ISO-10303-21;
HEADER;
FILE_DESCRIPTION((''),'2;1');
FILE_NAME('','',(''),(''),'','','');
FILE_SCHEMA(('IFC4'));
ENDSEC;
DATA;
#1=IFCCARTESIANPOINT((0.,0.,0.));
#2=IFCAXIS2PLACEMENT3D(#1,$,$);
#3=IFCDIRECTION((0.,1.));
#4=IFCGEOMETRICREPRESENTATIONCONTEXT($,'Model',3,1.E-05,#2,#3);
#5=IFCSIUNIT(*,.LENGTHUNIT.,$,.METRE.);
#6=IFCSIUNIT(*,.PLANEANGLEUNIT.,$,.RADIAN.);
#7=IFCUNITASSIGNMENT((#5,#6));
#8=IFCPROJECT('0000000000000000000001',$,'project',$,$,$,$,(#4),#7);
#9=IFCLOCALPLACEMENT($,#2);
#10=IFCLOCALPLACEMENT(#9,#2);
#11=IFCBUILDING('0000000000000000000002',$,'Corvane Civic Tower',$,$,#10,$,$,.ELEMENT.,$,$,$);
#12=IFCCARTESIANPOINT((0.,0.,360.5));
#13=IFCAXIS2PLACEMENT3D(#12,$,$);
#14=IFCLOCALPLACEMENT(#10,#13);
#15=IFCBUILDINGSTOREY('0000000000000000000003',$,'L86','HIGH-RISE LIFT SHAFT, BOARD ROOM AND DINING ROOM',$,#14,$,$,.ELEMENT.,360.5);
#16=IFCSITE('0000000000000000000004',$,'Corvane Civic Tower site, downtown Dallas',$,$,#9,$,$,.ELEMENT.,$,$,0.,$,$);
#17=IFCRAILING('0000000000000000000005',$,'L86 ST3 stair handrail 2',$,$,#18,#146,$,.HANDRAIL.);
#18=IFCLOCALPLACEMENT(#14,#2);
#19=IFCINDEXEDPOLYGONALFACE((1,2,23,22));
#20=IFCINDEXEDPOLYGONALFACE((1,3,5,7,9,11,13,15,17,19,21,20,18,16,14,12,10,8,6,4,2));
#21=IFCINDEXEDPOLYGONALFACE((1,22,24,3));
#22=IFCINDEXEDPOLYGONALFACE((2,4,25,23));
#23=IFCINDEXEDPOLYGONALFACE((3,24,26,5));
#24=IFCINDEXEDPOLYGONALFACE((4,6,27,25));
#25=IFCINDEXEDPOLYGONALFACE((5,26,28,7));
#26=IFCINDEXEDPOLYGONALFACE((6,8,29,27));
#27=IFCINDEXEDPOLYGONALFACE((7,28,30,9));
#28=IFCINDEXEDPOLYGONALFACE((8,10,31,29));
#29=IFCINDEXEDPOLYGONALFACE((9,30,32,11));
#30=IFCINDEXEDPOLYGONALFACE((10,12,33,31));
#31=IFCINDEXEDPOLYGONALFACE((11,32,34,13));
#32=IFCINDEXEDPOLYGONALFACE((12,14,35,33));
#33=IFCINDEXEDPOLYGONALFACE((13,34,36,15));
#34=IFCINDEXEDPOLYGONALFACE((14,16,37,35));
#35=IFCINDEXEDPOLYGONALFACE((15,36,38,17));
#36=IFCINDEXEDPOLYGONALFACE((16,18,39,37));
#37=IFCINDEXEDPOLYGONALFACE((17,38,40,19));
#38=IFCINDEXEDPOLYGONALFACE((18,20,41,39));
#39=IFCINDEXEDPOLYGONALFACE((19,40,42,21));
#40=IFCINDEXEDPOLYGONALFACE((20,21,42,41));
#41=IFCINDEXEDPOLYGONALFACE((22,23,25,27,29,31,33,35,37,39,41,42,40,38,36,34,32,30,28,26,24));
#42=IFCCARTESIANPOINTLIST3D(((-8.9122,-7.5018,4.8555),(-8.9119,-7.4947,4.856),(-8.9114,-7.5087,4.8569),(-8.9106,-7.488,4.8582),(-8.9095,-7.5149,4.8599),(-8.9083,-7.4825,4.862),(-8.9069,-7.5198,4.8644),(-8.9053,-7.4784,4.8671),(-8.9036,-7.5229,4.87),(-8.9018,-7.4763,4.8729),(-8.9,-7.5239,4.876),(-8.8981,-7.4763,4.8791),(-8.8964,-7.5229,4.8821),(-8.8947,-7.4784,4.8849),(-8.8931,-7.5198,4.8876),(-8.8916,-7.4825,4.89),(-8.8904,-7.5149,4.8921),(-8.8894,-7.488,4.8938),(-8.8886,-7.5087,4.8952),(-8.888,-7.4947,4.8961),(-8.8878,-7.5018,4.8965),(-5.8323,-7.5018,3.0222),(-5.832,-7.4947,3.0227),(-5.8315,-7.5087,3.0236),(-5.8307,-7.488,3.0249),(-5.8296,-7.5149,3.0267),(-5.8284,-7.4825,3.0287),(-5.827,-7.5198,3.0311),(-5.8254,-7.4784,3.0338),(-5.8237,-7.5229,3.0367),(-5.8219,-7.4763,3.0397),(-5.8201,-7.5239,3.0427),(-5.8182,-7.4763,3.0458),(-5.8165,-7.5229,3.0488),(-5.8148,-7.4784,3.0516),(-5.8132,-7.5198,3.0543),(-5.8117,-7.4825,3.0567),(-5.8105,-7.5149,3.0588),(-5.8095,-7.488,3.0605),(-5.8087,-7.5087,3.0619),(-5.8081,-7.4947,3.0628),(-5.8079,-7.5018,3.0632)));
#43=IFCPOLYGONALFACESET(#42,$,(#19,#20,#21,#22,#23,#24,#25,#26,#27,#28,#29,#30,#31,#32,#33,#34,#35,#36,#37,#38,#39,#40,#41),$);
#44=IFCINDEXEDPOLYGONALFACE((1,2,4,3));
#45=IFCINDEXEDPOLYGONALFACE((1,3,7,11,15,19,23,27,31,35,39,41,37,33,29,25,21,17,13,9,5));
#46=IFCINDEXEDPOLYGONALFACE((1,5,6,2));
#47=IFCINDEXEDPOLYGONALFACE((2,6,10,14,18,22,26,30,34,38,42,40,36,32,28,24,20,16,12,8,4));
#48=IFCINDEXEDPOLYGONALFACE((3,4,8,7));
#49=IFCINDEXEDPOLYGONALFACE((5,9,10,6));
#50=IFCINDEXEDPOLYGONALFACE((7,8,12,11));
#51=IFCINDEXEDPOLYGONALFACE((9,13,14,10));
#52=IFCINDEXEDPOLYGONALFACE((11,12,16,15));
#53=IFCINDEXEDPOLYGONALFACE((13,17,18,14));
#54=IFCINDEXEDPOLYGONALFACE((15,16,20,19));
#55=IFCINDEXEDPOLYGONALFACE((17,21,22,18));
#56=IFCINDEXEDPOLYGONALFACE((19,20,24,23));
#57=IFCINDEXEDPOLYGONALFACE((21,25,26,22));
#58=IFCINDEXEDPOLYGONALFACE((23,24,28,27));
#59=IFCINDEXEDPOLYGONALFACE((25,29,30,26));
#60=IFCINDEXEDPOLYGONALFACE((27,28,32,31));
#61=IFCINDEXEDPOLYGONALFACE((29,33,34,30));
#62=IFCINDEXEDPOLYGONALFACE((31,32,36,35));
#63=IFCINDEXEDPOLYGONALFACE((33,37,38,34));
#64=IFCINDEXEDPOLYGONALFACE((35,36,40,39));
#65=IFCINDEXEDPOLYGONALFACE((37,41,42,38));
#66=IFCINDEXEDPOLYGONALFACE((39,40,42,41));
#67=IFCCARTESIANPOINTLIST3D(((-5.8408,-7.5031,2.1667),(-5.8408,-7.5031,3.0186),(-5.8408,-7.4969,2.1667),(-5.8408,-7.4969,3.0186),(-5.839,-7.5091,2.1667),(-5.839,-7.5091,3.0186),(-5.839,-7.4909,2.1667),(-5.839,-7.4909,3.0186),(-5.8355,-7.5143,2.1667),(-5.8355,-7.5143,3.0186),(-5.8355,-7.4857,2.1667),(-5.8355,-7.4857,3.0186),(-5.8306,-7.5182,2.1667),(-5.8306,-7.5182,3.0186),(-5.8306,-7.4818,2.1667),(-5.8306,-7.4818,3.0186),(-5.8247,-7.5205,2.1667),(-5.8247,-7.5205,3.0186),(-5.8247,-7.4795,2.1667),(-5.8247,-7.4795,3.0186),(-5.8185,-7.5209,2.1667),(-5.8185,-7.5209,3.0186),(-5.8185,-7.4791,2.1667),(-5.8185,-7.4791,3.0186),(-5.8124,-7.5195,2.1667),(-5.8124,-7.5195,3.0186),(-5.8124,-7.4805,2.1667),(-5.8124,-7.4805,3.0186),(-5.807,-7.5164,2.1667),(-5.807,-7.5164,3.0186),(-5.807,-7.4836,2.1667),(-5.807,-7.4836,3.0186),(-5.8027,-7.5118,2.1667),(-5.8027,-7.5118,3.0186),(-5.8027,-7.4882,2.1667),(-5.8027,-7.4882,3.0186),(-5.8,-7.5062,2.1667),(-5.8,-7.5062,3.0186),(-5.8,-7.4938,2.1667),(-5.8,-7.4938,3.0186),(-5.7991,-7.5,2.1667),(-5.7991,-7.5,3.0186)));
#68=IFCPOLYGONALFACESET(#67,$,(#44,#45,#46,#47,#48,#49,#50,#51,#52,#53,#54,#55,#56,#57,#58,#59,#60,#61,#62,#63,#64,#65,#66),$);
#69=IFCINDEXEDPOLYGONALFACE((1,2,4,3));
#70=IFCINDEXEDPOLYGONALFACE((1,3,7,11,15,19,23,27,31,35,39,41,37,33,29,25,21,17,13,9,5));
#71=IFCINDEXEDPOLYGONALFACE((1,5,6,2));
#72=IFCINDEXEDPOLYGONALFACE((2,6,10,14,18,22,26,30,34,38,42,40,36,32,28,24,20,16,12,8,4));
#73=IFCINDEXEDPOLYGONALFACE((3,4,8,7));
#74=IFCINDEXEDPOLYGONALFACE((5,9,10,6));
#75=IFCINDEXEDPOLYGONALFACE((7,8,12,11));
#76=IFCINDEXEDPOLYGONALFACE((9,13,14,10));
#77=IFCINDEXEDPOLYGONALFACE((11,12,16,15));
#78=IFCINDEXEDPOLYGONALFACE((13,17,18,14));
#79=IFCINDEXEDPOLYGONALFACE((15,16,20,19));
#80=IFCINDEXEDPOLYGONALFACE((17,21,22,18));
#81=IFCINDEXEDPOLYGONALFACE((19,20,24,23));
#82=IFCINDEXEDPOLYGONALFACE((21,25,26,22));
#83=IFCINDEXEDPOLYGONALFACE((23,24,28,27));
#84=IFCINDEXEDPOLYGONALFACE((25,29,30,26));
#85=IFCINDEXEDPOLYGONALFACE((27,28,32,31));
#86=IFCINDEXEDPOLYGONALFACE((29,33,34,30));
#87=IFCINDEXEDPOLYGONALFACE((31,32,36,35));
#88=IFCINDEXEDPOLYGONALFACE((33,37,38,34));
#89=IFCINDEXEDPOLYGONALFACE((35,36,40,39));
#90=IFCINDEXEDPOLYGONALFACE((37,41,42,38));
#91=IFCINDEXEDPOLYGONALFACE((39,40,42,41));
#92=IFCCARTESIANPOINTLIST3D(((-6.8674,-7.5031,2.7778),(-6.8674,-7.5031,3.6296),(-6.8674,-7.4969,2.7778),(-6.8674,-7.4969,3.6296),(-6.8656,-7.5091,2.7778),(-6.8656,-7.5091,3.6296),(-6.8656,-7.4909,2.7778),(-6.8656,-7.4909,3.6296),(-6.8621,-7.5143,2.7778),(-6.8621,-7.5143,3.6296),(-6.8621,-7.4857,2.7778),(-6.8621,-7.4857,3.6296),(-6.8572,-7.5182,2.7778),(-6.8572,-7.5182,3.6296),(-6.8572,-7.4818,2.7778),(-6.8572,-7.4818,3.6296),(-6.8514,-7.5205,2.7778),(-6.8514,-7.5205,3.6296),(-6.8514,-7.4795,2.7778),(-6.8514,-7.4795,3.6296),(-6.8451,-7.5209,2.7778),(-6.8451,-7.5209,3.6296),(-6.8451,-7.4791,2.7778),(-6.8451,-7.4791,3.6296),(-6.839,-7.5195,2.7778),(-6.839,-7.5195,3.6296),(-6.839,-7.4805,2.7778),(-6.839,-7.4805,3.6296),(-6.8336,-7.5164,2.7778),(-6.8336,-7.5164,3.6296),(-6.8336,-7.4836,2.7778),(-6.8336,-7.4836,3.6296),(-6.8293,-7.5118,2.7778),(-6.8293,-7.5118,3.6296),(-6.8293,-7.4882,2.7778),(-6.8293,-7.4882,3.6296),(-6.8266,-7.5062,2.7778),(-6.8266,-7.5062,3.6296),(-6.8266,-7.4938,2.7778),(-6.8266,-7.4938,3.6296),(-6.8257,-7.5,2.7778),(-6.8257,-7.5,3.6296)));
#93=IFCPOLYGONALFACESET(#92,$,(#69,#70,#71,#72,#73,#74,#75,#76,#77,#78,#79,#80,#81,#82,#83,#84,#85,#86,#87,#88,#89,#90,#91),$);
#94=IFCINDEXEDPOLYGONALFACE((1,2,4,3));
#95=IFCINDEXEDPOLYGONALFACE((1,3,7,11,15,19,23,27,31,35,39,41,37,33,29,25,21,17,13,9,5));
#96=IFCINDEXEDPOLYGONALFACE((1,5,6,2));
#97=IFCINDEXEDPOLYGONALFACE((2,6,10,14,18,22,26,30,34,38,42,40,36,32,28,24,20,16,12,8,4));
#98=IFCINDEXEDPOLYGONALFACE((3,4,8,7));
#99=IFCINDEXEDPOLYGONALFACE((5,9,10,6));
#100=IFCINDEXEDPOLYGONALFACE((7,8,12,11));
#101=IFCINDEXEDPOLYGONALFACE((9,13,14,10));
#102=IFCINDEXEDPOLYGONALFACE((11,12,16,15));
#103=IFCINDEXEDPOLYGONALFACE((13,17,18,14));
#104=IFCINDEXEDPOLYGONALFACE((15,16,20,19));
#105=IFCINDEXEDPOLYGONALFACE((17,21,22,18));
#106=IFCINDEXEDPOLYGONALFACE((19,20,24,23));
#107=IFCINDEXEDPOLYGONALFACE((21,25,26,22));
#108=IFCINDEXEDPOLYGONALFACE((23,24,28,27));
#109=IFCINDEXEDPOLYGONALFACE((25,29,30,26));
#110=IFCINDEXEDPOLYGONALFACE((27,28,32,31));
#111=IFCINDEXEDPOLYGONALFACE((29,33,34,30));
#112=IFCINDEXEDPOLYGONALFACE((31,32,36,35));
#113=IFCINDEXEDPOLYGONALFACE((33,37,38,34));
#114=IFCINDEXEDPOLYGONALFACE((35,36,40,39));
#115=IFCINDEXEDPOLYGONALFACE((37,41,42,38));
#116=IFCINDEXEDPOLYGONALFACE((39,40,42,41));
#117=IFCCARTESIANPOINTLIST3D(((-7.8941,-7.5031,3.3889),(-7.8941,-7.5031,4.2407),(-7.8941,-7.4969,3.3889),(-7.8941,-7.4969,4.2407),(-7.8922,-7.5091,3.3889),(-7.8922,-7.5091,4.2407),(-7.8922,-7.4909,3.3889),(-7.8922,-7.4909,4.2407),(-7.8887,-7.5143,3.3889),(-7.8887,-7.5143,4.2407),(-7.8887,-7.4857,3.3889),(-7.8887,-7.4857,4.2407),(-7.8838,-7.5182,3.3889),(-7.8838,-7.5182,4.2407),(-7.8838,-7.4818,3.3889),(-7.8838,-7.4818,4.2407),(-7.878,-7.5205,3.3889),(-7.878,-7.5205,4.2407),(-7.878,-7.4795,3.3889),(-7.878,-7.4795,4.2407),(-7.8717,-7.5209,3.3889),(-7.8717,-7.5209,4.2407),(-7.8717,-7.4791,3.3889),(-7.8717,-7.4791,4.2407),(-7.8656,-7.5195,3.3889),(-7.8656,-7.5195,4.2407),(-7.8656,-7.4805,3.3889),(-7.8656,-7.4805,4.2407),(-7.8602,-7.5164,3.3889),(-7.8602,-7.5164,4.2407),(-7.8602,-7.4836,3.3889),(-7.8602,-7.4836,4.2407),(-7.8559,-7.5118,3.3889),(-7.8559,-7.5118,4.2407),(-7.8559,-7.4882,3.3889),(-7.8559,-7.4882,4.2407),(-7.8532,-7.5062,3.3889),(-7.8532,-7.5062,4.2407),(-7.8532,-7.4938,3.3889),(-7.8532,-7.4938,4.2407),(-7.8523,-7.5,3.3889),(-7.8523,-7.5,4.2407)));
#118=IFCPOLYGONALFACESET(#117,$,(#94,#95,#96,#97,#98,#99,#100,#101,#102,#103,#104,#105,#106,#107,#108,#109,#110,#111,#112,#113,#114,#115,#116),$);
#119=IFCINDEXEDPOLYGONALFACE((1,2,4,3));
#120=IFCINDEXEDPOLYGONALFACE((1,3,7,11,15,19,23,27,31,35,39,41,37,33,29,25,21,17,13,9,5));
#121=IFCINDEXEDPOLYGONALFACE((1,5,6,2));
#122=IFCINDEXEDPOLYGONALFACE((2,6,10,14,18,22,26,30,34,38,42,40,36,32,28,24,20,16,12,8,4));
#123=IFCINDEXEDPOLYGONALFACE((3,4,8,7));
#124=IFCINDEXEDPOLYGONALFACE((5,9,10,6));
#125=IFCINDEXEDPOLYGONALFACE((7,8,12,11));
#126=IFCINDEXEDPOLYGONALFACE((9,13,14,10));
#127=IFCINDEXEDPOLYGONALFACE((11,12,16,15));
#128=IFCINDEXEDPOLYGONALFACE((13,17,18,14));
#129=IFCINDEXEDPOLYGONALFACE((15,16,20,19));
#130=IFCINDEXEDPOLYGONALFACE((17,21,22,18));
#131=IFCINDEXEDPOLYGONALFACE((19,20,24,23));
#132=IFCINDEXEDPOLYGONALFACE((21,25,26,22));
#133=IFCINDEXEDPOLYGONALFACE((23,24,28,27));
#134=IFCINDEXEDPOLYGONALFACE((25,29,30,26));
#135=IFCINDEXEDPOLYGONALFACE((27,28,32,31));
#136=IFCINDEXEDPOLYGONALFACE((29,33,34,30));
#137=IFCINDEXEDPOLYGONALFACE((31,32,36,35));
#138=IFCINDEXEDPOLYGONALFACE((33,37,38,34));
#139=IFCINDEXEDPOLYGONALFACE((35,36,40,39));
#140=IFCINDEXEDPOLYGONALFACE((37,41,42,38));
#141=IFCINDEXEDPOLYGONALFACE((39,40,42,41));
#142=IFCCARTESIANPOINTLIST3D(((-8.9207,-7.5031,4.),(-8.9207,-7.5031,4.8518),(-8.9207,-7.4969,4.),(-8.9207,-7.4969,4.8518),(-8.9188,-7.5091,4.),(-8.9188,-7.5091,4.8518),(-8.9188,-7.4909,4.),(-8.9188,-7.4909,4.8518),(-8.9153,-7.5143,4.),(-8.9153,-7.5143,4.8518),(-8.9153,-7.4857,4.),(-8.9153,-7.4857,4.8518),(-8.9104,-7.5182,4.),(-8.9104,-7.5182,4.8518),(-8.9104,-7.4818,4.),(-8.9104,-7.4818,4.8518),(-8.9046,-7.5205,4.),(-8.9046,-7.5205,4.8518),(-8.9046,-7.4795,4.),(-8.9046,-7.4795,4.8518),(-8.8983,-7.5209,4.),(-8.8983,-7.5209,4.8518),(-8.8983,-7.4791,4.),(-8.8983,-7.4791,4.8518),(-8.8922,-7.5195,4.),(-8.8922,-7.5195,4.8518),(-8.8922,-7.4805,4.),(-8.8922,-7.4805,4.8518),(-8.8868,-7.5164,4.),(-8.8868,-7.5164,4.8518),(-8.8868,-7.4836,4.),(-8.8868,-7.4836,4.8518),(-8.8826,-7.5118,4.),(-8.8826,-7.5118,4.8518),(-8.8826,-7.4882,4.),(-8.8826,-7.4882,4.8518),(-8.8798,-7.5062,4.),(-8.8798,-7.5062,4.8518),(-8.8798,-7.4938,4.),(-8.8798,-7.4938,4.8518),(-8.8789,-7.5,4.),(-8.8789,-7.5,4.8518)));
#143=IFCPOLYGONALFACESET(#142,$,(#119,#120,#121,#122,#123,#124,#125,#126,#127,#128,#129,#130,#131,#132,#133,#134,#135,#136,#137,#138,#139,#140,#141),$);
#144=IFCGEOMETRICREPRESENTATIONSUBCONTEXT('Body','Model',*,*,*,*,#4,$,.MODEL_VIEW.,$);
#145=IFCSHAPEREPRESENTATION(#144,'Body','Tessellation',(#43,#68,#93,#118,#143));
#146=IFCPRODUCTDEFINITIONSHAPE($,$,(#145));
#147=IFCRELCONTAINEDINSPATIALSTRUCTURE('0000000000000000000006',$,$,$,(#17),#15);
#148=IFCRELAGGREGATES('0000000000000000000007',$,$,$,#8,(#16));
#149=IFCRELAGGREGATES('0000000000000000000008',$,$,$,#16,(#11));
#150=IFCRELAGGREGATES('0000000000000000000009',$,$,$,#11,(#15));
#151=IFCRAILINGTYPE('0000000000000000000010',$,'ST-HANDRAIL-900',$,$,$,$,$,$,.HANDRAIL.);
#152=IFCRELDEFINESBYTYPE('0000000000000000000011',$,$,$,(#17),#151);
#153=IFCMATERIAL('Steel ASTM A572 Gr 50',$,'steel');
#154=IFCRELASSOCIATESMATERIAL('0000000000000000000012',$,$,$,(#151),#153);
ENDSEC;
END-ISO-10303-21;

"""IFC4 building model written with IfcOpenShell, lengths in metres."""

from ifc_helpers import new_model, si_unit, direction, frame, origin, origin_2d, place, context, subcontext, project, spatial, circle, extrude, material, type_object, element, save


model = new_model("IFC4")

# Units and contexts
model_context = context("Model", 3, precision=1e-05, world=origin(), true_north=direction((0.0, 1.0)))
body_context = subcontext(model_context, "Body", "Model", "MODEL_VIEW")
ifc_project = project(units=[si_unit("LENGTHUNIT", "METRE"), si_unit("PLANEANGLEUNIT", "RADIAN")], contexts=[model_context])

# Site, building, storey
site_placement = place(None, origin())
site = spatial("IfcSite", under=ifc_project, at=site_placement, Name="Corvane Civic Tower site, downtown Dallas", CompositionType="ELEMENT", RefElevation=0.0)
building_placement = place(site_placement, origin())
building = spatial("IfcBuilding", under=site, at=building_placement, Name="Corvane Civic Tower", CompositionType="ELEMENT")
storey_placement = place(building_placement, frame((0.0, 0.0, 360.5)))
storey = spatial("IfcBuildingStorey", under=building, at=storey_placement, Name="L86", Description="HIGH-RISE LIFT SHAFT, BOARD ROOM AND DINING ROOM", CompositionType="ELEMENT", Elevation=360.5)

# Railing
ifc_material_1 = material(Name="Steel ASTM A572 Gr 50", Category="steel")
railing_type = type_object("IfcRailingType", Name="ST-HANDRAIL-900", PredefinedType="HANDRAIL", material=ifc_material_1)
railing_placement = place(storey_placement, frame((-5.8201, -7.5, 2.1667)))
element("IfcRailing", 1, at=railing_placement, inside=storey, type_object=railing_type, Name="L86 ST3 stair handrail 2", PredefinedType="HANDRAIL", context=body_context, shape_type="SweptSolid", body=[
    extrude(circle(Radius=0.0239, at=origin_2d()), frame((0.0, 0.0, 0.876), z_axis=(-0.859291, 0.0, 0.511487), x_axis=(0.0, -1.0, 0.0)), (0.0, 0.0, 1.0), 3.5842),
    extrude(circle(Radius=0.021, at=origin_2d()), origin(), (0.0, 0.0, 1.0), 0.8518),
    extrude(circle(Radius=0.021, at=origin_2d()), frame((-1.0266, 0.0, 0.6111)), (0.0, 0.0, 1.0), 0.8518),
    extrude(circle(Radius=0.021, at=origin_2d()), frame((-2.0532, 0.0, 1.2222)), (0.0, 0.0, 1.0), 0.8518),
    extrude(circle(Radius=0.021, at=origin_2d()), frame((-3.0798, 0.0, 1.8333)), (0.0, 0.0, 1.0), 0.8518),
])

save(model, "model.ifc")
